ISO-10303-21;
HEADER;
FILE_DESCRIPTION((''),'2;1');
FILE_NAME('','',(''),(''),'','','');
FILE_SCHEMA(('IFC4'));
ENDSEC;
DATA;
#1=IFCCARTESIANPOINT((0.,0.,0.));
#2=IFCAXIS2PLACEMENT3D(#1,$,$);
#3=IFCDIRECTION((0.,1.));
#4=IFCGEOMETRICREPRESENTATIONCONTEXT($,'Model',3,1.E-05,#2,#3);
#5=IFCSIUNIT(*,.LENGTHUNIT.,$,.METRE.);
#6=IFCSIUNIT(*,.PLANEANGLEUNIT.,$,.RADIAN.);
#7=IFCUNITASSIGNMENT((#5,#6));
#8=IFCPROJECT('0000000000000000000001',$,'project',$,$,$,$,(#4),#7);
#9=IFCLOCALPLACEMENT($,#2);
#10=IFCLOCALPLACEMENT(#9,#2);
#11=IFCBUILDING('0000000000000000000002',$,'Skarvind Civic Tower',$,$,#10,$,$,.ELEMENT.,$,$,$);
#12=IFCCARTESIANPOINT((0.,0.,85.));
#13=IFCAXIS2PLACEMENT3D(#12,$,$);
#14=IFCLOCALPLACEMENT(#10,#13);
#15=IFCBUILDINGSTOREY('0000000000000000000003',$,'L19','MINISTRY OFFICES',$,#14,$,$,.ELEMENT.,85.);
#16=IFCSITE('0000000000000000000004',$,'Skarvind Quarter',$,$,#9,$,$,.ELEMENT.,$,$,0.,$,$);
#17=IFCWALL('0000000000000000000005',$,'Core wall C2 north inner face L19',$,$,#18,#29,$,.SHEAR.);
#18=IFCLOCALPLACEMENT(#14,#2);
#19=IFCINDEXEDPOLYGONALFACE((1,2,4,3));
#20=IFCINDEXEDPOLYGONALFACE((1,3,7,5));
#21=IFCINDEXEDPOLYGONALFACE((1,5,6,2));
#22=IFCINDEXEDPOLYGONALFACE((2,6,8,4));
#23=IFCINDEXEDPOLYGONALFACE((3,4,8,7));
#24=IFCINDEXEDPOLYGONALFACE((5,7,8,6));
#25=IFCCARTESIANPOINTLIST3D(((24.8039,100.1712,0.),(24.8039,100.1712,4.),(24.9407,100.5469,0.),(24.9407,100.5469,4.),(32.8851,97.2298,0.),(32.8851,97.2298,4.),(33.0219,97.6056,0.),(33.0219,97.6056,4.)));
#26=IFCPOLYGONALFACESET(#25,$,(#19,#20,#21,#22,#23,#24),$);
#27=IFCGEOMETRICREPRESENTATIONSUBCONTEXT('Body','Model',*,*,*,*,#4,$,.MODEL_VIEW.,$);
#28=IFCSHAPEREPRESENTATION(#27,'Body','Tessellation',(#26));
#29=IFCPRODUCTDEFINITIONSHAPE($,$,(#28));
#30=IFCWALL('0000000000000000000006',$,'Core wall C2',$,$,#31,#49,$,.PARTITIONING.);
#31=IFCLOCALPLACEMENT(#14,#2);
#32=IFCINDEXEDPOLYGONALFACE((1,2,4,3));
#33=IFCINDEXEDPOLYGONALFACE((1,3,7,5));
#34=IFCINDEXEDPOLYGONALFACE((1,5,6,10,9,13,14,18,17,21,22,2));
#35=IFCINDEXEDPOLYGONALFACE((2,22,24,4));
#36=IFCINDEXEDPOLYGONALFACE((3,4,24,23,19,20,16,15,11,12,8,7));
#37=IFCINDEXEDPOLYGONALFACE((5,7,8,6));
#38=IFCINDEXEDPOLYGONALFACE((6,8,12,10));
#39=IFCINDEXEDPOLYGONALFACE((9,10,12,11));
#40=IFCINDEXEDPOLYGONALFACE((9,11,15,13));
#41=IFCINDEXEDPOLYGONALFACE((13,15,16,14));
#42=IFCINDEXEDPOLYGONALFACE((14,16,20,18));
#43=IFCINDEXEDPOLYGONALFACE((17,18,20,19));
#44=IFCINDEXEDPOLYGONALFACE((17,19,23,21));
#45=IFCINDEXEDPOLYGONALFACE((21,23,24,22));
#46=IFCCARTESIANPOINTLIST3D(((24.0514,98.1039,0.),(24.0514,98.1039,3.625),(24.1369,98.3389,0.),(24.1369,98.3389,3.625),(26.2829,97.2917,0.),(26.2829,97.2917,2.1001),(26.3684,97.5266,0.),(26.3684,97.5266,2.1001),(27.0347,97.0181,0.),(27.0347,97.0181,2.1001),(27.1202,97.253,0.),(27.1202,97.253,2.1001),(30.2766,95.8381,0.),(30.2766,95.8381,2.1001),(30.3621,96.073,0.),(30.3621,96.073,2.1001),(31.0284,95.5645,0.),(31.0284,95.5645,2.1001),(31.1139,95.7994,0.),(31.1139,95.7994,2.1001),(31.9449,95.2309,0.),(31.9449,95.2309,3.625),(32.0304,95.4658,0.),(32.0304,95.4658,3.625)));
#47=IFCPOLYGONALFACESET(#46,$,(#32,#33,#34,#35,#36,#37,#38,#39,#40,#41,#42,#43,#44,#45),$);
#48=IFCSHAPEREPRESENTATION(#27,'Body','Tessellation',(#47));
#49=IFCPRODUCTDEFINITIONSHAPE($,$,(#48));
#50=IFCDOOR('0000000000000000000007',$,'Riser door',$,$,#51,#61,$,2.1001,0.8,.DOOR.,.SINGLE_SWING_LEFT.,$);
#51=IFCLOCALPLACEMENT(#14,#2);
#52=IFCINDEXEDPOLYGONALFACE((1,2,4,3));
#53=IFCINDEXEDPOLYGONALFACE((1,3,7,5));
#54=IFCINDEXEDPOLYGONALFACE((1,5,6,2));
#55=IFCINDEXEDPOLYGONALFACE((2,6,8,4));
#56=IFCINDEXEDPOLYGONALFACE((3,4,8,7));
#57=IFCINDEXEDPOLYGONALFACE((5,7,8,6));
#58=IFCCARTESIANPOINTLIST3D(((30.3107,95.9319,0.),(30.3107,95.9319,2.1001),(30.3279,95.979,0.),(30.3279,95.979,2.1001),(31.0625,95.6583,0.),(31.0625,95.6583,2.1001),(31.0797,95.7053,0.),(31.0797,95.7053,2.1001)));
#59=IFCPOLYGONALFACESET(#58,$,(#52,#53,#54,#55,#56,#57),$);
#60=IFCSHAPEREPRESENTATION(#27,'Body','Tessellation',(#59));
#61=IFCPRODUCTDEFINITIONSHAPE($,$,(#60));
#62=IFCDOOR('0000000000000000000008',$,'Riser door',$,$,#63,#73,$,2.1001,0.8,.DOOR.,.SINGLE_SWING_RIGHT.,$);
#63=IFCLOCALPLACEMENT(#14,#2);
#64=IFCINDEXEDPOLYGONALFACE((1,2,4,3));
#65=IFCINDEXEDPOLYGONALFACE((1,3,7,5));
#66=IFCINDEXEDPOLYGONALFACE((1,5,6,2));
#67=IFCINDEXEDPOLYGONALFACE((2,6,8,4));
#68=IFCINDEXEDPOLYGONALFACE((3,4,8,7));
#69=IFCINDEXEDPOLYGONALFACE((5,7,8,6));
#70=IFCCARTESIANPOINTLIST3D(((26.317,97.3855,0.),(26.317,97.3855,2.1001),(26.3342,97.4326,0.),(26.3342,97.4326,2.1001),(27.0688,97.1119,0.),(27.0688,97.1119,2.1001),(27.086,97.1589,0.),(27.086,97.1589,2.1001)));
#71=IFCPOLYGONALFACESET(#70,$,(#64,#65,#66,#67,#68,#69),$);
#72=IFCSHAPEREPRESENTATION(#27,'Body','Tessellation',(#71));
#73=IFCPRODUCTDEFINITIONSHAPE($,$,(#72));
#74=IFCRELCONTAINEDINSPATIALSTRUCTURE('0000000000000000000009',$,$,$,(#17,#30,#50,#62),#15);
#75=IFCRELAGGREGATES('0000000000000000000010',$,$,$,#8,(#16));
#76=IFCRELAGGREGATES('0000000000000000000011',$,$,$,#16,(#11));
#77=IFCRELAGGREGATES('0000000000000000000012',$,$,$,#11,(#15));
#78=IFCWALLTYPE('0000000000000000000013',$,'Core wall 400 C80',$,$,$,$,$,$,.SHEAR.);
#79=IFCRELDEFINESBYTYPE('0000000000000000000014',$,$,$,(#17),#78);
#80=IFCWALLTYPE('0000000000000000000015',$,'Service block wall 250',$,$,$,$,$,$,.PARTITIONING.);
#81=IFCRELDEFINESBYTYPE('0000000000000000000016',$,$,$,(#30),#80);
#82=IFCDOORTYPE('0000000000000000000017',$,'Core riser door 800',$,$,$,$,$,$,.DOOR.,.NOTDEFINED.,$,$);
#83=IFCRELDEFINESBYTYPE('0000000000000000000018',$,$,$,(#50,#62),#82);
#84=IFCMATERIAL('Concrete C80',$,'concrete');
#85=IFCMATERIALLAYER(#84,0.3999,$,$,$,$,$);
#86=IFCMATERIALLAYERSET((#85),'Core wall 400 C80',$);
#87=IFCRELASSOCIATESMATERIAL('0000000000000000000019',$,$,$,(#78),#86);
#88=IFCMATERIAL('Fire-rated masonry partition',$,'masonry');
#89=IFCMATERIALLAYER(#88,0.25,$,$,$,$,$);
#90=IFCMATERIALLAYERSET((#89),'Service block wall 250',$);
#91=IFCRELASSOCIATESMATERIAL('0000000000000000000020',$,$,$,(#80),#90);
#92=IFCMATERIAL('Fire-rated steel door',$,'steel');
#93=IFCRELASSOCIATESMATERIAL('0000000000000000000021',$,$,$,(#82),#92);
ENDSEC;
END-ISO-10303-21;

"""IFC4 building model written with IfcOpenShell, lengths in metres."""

from ifc_helpers import new_model, si_unit, direction, frame, frame_2d, origin, place, context, subcontext, project, spatial, rectangle, extrude, material, layer, layer_set, type_object, element, fill, save


model = new_model("IFC4")

# Units and contexts
model_context = context("Model", 3, precision=1e-05, world=origin(), true_north=direction((0.0, 1.0)))
body_context = subcontext(model_context, "Body", "Model", "MODEL_VIEW")
ifc_project = project(units=[si_unit("LENGTHUNIT", "METRE"), si_unit("PLANEANGLEUNIT", "RADIAN")], contexts=[model_context])

# Site, building, storey
site_placement = place(None, origin())
site = spatial("IfcSite", under=ifc_project, at=site_placement, Name="Skarvind Quarter", CompositionType="ELEMENT", RefElevation=0.0)
building_placement = place(site_placement, origin())
building = spatial("IfcBuilding", under=site, at=building_placement, Name="Skarvind Civic Tower", CompositionType="ELEMENT")
storey_placement = place(building_placement, frame((0.0, 0.0, 85.0)))
storey = spatial("IfcBuildingStorey", under=building, at=storey_placement, Name="L19", Description="MINISTRY OFFICES", CompositionType="ELEMENT", Elevation=85.0)

# Shared definitions
ifc_material_1 = material(Name="Concrete C80", Category="concrete")

# Shared definitions
ifc_material_2 = material(Name="Fire-rated masonry partition", Category="masonry")
ifc_material_3 = material(Name="Fire-rated steel door", Category="steel")

# Wall
ifc_layer_1 = layer(ifc_material_1, 0.3999)
ifc_layer_set_1 = layer_set([ifc_layer_1], Name="Core wall 400 C80")
wall_type_1 = type_object("IfcWallType", Name="Core wall 400 C80", PredefinedType="SHEAR", material=ifc_layer_set_1)
wall_1_placement = place(storey_placement, frame((32.9534, 97.4177, 0.0), z_axis=(0.0, 0.0, 1.0), x_axis=(-0.939691, 0.342026, 0.0)))
element("IfcWall", 1, at=wall_1_placement, inside=storey, type_object=wall_type_1, Name="Core wall C2 north inner face L19", PredefinedType="SHEAR", context=body_context, shape_type="SweptSolid", body=[
    extrude(rectangle(XDim=8.5999, YDim=0.3999, at=frame_2d((4.2998, 0.0))), origin(), (0.0, 0.0, 1.0), 4.0),
])

# Wall, openings, doors
ifc_layer_2 = layer(ifc_material_2, 0.25)
ifc_layer_set_2 = layer_set([ifc_layer_2], Name="Service block wall 250")
wall_type_2 = type_object("IfcWallType", Name="Service block wall 250", PredefinedType="PARTITIONING", material=ifc_layer_set_2)
wall_2_placement = place(storey_placement, frame((24.094, 98.2214, 0.0), z_axis=(0.0, 0.0, 1.0), x_axis=(0.939692, -0.342023, 0.0)))
wall_2 = element("IfcWall", 2, at=wall_2_placement, inside=storey, type_object=wall_type_2, Name="Core wall C2", PredefinedType="PARTITIONING", context=body_context, shape_type="SweptSolid", body=[
    extrude(rectangle(XDim=8.4001, YDim=0.25, at=frame_2d((4.2002, 0.0))), origin(), (0.0, 0.0, 1.0), 3.625),
])
opening_1_placement = place(wall_2_placement, frame((6.625, 0.0, 0.0)))
opening_1 = element("IfcOpeningElement", 3, at=opening_1_placement, cuts=wall_2, PredefinedType="OPENING", context=body_context, shape_type="SweptSolid", body=[
    extrude(rectangle(XDim=0.8, YDim=2.1001, at=frame_2d((0.3999, 1.05))), frame((0.0, 0.135, 0.0), z_axis=(0.0, -1.0, 0.0), x_axis=(1.0, 0.0, 0.0)), (0.0, 0.0, 1.0), 0.27),
])
opening_2_placement = place(wall_2_placement, frame((2.375, 0.0, 0.0)))
opening_2 = element("IfcOpeningElement", 4, at=opening_2_placement, cuts=wall_2, PredefinedType="OPENING", context=body_context, shape_type="SweptSolid", body=[
    extrude(rectangle(XDim=0.8, YDim=2.1001, at=frame_2d((0.3999, 1.05))), frame((0.0, 0.135, 0.0), z_axis=(0.0, -1.0, 0.0), x_axis=(1.0, 0.0, 0.0)), (0.0, 0.0, 1.0), 0.27),
])
door_type_1 = type_object("IfcDoorType", Name="Core riser door 800", OperationType="NOTDEFINED", PredefinedType="DOOR", material=ifc_material_3)
door_1_placement = place(opening_1_placement, origin())
door_1 = element("IfcDoor", 5, at=door_1_placement, inside=storey, type_object=door_type_1, Name="Riser door", OperationType="SINGLE_SWING_LEFT", OverallHeight=2.1001, OverallWidth=0.8, PredefinedType="DOOR", context=body_context, shape_type="SweptSolid", body=[
    extrude(rectangle(XDim=0.8, YDim=2.1001, at=frame_2d((0.3999, 1.05))), frame((0.0, 0.0249, 0.0), z_axis=(0.0, -1.0, 0.0), x_axis=(1.0, 0.0, 0.0)), (0.0, 0.0, 1.0), 0.05),
])
fill(opening_1, door_1)
door_2_placement = place(opening_2_placement, origin())
door_2 = element("IfcDoor", 6, at=door_2_placement, inside=storey, type_object=door_type_1, Name="Riser door", OperationType="SINGLE_SWING_RIGHT", OverallHeight=2.1001, OverallWidth=0.8, PredefinedType="DOOR", context=body_context, shape_type="SweptSolid", body=[
    extrude(rectangle(XDim=0.8, YDim=2.1001, at=frame_2d((0.3999, 1.05))), frame((0.0, 0.0249, 0.0), z_axis=(0.0, -1.0, 0.0), x_axis=(1.0, 0.0, 0.0)), (0.0, 0.0, 1.0), 0.05),
])
fill(opening_2, door_2)

save(model, "model.ifc")
